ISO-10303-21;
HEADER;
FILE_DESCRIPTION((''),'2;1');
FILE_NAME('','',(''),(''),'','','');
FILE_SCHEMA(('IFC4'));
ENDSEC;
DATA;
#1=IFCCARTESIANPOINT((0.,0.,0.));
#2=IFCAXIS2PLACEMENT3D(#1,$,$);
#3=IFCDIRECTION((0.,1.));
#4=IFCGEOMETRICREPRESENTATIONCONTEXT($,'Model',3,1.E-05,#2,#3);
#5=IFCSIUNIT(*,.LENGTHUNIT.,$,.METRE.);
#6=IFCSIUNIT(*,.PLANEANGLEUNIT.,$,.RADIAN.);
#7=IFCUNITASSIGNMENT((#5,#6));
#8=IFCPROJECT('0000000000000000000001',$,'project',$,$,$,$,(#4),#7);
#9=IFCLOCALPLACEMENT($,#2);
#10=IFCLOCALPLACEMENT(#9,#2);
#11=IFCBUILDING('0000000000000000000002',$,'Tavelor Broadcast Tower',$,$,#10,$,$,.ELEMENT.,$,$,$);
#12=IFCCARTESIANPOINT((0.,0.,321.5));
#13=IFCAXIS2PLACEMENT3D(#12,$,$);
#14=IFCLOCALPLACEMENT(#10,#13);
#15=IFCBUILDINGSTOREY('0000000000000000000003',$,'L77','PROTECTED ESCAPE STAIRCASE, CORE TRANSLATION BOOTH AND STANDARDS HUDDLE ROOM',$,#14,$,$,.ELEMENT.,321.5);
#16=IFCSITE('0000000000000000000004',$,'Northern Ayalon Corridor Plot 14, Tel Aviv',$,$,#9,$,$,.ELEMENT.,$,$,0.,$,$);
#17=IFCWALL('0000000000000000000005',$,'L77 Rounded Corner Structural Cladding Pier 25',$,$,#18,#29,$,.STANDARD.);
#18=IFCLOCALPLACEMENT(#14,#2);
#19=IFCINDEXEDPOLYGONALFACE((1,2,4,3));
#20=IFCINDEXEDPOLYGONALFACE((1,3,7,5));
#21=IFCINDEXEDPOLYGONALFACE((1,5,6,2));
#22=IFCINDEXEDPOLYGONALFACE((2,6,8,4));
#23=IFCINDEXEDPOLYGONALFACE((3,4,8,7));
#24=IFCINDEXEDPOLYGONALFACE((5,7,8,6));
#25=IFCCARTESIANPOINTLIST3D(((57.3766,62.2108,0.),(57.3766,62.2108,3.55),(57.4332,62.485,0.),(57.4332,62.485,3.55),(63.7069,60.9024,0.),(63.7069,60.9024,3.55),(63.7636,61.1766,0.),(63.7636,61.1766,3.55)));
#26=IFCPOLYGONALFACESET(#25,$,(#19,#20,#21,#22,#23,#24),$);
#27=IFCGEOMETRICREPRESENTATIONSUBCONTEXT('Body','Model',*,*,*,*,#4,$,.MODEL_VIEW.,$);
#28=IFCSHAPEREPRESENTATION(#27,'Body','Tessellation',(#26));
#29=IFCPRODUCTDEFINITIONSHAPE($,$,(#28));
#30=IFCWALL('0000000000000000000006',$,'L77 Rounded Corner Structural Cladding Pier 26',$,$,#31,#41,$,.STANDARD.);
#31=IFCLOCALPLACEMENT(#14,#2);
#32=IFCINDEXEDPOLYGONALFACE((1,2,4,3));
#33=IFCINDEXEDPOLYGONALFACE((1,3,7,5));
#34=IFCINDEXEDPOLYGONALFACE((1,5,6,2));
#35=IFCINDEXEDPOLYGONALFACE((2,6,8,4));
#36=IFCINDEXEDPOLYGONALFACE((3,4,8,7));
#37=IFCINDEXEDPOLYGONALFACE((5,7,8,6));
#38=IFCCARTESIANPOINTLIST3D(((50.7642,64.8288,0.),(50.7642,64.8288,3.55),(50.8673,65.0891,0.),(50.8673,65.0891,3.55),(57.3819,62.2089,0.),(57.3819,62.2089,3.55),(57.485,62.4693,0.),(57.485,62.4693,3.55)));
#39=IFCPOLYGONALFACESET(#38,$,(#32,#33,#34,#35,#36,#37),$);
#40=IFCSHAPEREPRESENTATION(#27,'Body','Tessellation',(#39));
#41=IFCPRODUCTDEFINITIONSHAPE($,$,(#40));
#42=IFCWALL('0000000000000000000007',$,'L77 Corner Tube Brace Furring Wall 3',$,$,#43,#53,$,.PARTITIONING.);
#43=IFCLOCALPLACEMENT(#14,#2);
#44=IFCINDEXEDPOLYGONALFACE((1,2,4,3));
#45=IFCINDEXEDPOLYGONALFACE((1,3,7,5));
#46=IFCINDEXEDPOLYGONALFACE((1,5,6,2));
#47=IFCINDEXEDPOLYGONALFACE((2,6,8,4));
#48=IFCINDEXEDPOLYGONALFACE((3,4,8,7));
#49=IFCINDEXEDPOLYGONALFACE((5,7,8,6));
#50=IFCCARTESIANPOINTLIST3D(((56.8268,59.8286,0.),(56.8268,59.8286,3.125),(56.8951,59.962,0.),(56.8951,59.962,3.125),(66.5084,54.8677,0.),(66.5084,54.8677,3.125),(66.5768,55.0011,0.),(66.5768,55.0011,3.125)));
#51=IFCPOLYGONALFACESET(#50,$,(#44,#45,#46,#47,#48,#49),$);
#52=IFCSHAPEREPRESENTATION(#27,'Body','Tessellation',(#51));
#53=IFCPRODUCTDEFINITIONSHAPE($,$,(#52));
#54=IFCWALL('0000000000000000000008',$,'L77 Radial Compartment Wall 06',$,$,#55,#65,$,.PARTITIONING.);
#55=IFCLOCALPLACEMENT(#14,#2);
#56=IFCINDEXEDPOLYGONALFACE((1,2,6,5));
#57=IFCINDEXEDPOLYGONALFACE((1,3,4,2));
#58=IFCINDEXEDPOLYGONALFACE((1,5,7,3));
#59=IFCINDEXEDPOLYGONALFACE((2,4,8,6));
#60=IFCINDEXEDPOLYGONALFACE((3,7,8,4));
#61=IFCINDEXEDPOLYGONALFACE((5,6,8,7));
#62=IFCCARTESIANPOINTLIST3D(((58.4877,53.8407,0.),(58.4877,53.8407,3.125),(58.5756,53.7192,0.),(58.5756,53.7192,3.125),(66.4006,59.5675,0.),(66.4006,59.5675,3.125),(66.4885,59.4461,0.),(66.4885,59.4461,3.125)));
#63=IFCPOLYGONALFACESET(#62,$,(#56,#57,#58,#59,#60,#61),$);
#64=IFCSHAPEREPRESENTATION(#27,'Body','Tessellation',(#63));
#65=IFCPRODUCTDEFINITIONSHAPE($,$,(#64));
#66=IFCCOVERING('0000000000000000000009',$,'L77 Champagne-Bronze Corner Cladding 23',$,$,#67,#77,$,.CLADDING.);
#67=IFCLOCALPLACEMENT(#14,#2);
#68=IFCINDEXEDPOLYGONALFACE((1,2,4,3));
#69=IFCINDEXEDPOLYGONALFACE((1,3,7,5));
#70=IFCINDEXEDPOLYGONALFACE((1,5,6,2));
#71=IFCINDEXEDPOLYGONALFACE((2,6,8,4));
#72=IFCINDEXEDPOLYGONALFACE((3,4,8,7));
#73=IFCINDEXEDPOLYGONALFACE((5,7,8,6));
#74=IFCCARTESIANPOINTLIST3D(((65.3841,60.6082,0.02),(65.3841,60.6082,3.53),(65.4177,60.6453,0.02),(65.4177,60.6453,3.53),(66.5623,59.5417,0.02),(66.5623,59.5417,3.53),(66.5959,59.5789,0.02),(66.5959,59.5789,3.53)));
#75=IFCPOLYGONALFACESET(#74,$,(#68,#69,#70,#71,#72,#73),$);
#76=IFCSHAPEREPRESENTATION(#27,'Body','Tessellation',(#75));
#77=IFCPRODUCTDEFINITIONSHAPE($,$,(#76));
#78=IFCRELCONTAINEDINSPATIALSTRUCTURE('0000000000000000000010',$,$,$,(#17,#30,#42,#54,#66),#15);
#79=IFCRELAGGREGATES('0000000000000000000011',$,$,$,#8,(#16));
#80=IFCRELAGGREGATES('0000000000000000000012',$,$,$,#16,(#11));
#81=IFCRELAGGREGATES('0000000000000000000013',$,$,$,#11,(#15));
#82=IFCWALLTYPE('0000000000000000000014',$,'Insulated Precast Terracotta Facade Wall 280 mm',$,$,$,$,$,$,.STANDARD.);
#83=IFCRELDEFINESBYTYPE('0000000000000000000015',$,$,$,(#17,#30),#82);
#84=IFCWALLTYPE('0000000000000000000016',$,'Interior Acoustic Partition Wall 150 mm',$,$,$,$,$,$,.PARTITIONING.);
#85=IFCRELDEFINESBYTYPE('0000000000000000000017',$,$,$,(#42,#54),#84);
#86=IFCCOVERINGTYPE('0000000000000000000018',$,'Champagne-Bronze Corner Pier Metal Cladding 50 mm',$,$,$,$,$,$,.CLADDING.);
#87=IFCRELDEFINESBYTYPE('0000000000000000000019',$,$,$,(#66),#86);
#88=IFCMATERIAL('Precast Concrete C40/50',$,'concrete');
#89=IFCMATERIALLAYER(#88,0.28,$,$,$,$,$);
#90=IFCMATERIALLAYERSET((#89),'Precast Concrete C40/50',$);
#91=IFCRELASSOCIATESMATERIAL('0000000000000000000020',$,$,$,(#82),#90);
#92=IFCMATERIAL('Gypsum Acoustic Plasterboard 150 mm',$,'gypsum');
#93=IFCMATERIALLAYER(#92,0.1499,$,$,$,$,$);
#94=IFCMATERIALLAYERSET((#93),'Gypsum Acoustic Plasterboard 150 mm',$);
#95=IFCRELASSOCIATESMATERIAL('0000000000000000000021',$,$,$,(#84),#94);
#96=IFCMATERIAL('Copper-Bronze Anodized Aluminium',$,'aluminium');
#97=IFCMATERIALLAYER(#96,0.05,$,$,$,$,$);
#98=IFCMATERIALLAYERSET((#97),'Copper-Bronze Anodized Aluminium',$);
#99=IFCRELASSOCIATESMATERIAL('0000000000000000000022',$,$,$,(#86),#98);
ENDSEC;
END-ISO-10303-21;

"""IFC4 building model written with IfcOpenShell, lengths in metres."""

from ifc_helpers import new_model, si_unit, direction, frame, frame_2d, origin, origin_2d, place, context, subcontext, project, spatial, rectangle, extrude, material, layer, layer_set, type_object, element, save


model = new_model("IFC4")

# Units and contexts
model_context = context("Model", 3, precision=1e-05, world=origin(), true_north=direction((0.0, 1.0)))
body_context = subcontext(model_context, "Body", "Model", "MODEL_VIEW")
ifc_project = project(units=[si_unit("LENGTHUNIT", "METRE"), si_unit("PLANEANGLEUNIT", "RADIAN")], contexts=[model_context])

# Site, building, storey
site_placement = place(None, origin())
site = spatial("IfcSite", under=ifc_project, at=site_placement, Name="Northern Ayalon Corridor Plot 14, Tel Aviv", CompositionType="ELEMENT", RefElevation=0.0)
building_placement = place(site_placement, origin())
building = spatial("IfcBuilding", under=site, at=building_placement, Name="Tavelor Broadcast Tower", CompositionType="ELEMENT")
storey_placement = place(building_placement, frame((0.0, 0.0, 321.5)))
storey = spatial("IfcBuildingStorey", under=building, at=storey_placement, Name="L77", Description="PROTECTED ESCAPE STAIRCASE, CORE TRANSLATION BOOTH AND STANDARDS HUDDLE ROOM", CompositionType="ELEMENT", Elevation=321.5)

# Walls
ifc_material_1 = material(Name="Precast Concrete C40/50", Category="concrete")
ifc_layer_1 = layer(ifc_material_1, 0.28)
ifc_layer_set_1 = layer_set([ifc_layer_1], Name="Precast Concrete C40/50")
wall_type_1 = type_object("IfcWallType", Name="Insulated Precast Terracotta Facade Wall 280 mm", PredefinedType="STANDARD", material=ifc_layer_set_1)
wall_1_placement = place(storey_placement, frame((63.7351, 61.0396, 0.0), z_axis=(0.0, 0.0, 1.0), x_axis=(-0.979303, 0.202402, 0.0)))
element("IfcWall", 1, at=wall_1_placement, inside=storey, type_object=wall_type_1, Name="L77 Rounded Corner Structural Cladding Pier 25", PredefinedType="STANDARD", context=body_context, shape_type="SweptSolid", body=[
    extrude(rectangle(XDim=6.4641, YDim=0.28, at=frame_2d((3.2319, 0.0))), origin(), (0.0, 0.0, 1.0), 3.55),
])
wall_2_placement = place(storey_placement, frame((57.4333, 62.3391, 0.0), z_axis=(0.0, 0.0, 1.0), x_axis=(-0.929789, 0.368094, 0.0)))
element("IfcWall", 2, at=wall_2_placement, inside=storey, type_object=wall_type_1, Name="L77 Rounded Corner Structural Cladding Pier 26", PredefinedType="STANDARD", context=body_context, shape_type="SweptSolid", body=[
    extrude(rectangle(XDim=7.1174, YDim=0.28, at=frame_2d((3.5586, 0.0))), origin(), (0.0, 0.0, 1.0), 3.55),
])
ifc_material_2 = material(Name="Gypsum Acoustic Plasterboard 150 mm", Category="gypsum")
ifc_layer_2 = layer(ifc_material_2, 0.1499)
ifc_layer_set_2 = layer_set([ifc_layer_2], Name="Gypsum Acoustic Plasterboard 150 mm")
wall_type_2 = type_object("IfcWallType", Name="Interior Acoustic Partition Wall 150 mm", PredefinedType="PARTITIONING", material=ifc_layer_set_2)
wall_3_placement = place(storey_placement, frame((66.5427, 54.9343, 0.0), z_axis=(0.0, 0.0, 1.0), x_axis=(-0.889967, 0.456025, 0.0)))
element("IfcWall", 3, at=wall_3_placement, inside=storey, type_object=wall_type_2, Name="L77 Corner Tube Brace Furring Wall 3", PredefinedType="PARTITIONING", context=body_context, shape_type="SweptSolid", body=[
    extrude(rectangle(XDim=10.8787, YDim=0.1499, at=frame_2d((5.4395, 0.0))), origin(), (0.0, 0.0, 1.0), 3.125),
])
wall_4_placement = place(storey_placement, frame((58.5317, 53.78, 0.0), z_axis=(0.0, 0.0, 1.0), x_axis=(0.810097, 0.586296, 0.0)))
element("IfcWall", 4, at=wall_4_placement, inside=storey, type_object=wall_type_2, Name="L77 Radial Compartment Wall 06", PredefinedType="PARTITIONING", context=body_context, shape_type="SweptSolid", body=[
    extrude(rectangle(XDim=9.7678, YDim=0.1499, at=frame_2d((4.8838, 0.0))), origin(), (0.0, 0.0, 1.0), 3.125),
])

# Covering
ifc_material_3 = material(Name="Copper-Bronze Anodized Aluminium", Category="aluminium")
ifc_layer_3 = layer(ifc_material_3, 0.05)
ifc_layer_set_3 = layer_set([ifc_layer_3], Name="Copper-Bronze Anodized Aluminium")
covering_type = type_object("IfcCoveringType", Name="Champagne-Bronze Corner Pier Metal Cladding 50 mm", PredefinedType="CLADDING", material=ifc_layer_set_3)
covering_placement = place(storey_placement, frame((65.99, 60.0935, 0.02), z_axis=(0.0, 0.0, 1.0), x_axis=(-0.741391, 0.671074, 0.0)))
element("IfcCovering", 5, at=covering_placement, inside=storey, type_object=covering_type, Name="L77 Champagne-Bronze Corner Cladding 23", PredefinedType="CLADDING", context=body_context, shape_type="SweptSolid", body=[
    extrude(rectangle(XDim=1.5891, YDim=0.05, at=origin_2d()), origin(), (0.0, 0.0, 1.0), 3.51),
])

save(model, "model.ifc")
